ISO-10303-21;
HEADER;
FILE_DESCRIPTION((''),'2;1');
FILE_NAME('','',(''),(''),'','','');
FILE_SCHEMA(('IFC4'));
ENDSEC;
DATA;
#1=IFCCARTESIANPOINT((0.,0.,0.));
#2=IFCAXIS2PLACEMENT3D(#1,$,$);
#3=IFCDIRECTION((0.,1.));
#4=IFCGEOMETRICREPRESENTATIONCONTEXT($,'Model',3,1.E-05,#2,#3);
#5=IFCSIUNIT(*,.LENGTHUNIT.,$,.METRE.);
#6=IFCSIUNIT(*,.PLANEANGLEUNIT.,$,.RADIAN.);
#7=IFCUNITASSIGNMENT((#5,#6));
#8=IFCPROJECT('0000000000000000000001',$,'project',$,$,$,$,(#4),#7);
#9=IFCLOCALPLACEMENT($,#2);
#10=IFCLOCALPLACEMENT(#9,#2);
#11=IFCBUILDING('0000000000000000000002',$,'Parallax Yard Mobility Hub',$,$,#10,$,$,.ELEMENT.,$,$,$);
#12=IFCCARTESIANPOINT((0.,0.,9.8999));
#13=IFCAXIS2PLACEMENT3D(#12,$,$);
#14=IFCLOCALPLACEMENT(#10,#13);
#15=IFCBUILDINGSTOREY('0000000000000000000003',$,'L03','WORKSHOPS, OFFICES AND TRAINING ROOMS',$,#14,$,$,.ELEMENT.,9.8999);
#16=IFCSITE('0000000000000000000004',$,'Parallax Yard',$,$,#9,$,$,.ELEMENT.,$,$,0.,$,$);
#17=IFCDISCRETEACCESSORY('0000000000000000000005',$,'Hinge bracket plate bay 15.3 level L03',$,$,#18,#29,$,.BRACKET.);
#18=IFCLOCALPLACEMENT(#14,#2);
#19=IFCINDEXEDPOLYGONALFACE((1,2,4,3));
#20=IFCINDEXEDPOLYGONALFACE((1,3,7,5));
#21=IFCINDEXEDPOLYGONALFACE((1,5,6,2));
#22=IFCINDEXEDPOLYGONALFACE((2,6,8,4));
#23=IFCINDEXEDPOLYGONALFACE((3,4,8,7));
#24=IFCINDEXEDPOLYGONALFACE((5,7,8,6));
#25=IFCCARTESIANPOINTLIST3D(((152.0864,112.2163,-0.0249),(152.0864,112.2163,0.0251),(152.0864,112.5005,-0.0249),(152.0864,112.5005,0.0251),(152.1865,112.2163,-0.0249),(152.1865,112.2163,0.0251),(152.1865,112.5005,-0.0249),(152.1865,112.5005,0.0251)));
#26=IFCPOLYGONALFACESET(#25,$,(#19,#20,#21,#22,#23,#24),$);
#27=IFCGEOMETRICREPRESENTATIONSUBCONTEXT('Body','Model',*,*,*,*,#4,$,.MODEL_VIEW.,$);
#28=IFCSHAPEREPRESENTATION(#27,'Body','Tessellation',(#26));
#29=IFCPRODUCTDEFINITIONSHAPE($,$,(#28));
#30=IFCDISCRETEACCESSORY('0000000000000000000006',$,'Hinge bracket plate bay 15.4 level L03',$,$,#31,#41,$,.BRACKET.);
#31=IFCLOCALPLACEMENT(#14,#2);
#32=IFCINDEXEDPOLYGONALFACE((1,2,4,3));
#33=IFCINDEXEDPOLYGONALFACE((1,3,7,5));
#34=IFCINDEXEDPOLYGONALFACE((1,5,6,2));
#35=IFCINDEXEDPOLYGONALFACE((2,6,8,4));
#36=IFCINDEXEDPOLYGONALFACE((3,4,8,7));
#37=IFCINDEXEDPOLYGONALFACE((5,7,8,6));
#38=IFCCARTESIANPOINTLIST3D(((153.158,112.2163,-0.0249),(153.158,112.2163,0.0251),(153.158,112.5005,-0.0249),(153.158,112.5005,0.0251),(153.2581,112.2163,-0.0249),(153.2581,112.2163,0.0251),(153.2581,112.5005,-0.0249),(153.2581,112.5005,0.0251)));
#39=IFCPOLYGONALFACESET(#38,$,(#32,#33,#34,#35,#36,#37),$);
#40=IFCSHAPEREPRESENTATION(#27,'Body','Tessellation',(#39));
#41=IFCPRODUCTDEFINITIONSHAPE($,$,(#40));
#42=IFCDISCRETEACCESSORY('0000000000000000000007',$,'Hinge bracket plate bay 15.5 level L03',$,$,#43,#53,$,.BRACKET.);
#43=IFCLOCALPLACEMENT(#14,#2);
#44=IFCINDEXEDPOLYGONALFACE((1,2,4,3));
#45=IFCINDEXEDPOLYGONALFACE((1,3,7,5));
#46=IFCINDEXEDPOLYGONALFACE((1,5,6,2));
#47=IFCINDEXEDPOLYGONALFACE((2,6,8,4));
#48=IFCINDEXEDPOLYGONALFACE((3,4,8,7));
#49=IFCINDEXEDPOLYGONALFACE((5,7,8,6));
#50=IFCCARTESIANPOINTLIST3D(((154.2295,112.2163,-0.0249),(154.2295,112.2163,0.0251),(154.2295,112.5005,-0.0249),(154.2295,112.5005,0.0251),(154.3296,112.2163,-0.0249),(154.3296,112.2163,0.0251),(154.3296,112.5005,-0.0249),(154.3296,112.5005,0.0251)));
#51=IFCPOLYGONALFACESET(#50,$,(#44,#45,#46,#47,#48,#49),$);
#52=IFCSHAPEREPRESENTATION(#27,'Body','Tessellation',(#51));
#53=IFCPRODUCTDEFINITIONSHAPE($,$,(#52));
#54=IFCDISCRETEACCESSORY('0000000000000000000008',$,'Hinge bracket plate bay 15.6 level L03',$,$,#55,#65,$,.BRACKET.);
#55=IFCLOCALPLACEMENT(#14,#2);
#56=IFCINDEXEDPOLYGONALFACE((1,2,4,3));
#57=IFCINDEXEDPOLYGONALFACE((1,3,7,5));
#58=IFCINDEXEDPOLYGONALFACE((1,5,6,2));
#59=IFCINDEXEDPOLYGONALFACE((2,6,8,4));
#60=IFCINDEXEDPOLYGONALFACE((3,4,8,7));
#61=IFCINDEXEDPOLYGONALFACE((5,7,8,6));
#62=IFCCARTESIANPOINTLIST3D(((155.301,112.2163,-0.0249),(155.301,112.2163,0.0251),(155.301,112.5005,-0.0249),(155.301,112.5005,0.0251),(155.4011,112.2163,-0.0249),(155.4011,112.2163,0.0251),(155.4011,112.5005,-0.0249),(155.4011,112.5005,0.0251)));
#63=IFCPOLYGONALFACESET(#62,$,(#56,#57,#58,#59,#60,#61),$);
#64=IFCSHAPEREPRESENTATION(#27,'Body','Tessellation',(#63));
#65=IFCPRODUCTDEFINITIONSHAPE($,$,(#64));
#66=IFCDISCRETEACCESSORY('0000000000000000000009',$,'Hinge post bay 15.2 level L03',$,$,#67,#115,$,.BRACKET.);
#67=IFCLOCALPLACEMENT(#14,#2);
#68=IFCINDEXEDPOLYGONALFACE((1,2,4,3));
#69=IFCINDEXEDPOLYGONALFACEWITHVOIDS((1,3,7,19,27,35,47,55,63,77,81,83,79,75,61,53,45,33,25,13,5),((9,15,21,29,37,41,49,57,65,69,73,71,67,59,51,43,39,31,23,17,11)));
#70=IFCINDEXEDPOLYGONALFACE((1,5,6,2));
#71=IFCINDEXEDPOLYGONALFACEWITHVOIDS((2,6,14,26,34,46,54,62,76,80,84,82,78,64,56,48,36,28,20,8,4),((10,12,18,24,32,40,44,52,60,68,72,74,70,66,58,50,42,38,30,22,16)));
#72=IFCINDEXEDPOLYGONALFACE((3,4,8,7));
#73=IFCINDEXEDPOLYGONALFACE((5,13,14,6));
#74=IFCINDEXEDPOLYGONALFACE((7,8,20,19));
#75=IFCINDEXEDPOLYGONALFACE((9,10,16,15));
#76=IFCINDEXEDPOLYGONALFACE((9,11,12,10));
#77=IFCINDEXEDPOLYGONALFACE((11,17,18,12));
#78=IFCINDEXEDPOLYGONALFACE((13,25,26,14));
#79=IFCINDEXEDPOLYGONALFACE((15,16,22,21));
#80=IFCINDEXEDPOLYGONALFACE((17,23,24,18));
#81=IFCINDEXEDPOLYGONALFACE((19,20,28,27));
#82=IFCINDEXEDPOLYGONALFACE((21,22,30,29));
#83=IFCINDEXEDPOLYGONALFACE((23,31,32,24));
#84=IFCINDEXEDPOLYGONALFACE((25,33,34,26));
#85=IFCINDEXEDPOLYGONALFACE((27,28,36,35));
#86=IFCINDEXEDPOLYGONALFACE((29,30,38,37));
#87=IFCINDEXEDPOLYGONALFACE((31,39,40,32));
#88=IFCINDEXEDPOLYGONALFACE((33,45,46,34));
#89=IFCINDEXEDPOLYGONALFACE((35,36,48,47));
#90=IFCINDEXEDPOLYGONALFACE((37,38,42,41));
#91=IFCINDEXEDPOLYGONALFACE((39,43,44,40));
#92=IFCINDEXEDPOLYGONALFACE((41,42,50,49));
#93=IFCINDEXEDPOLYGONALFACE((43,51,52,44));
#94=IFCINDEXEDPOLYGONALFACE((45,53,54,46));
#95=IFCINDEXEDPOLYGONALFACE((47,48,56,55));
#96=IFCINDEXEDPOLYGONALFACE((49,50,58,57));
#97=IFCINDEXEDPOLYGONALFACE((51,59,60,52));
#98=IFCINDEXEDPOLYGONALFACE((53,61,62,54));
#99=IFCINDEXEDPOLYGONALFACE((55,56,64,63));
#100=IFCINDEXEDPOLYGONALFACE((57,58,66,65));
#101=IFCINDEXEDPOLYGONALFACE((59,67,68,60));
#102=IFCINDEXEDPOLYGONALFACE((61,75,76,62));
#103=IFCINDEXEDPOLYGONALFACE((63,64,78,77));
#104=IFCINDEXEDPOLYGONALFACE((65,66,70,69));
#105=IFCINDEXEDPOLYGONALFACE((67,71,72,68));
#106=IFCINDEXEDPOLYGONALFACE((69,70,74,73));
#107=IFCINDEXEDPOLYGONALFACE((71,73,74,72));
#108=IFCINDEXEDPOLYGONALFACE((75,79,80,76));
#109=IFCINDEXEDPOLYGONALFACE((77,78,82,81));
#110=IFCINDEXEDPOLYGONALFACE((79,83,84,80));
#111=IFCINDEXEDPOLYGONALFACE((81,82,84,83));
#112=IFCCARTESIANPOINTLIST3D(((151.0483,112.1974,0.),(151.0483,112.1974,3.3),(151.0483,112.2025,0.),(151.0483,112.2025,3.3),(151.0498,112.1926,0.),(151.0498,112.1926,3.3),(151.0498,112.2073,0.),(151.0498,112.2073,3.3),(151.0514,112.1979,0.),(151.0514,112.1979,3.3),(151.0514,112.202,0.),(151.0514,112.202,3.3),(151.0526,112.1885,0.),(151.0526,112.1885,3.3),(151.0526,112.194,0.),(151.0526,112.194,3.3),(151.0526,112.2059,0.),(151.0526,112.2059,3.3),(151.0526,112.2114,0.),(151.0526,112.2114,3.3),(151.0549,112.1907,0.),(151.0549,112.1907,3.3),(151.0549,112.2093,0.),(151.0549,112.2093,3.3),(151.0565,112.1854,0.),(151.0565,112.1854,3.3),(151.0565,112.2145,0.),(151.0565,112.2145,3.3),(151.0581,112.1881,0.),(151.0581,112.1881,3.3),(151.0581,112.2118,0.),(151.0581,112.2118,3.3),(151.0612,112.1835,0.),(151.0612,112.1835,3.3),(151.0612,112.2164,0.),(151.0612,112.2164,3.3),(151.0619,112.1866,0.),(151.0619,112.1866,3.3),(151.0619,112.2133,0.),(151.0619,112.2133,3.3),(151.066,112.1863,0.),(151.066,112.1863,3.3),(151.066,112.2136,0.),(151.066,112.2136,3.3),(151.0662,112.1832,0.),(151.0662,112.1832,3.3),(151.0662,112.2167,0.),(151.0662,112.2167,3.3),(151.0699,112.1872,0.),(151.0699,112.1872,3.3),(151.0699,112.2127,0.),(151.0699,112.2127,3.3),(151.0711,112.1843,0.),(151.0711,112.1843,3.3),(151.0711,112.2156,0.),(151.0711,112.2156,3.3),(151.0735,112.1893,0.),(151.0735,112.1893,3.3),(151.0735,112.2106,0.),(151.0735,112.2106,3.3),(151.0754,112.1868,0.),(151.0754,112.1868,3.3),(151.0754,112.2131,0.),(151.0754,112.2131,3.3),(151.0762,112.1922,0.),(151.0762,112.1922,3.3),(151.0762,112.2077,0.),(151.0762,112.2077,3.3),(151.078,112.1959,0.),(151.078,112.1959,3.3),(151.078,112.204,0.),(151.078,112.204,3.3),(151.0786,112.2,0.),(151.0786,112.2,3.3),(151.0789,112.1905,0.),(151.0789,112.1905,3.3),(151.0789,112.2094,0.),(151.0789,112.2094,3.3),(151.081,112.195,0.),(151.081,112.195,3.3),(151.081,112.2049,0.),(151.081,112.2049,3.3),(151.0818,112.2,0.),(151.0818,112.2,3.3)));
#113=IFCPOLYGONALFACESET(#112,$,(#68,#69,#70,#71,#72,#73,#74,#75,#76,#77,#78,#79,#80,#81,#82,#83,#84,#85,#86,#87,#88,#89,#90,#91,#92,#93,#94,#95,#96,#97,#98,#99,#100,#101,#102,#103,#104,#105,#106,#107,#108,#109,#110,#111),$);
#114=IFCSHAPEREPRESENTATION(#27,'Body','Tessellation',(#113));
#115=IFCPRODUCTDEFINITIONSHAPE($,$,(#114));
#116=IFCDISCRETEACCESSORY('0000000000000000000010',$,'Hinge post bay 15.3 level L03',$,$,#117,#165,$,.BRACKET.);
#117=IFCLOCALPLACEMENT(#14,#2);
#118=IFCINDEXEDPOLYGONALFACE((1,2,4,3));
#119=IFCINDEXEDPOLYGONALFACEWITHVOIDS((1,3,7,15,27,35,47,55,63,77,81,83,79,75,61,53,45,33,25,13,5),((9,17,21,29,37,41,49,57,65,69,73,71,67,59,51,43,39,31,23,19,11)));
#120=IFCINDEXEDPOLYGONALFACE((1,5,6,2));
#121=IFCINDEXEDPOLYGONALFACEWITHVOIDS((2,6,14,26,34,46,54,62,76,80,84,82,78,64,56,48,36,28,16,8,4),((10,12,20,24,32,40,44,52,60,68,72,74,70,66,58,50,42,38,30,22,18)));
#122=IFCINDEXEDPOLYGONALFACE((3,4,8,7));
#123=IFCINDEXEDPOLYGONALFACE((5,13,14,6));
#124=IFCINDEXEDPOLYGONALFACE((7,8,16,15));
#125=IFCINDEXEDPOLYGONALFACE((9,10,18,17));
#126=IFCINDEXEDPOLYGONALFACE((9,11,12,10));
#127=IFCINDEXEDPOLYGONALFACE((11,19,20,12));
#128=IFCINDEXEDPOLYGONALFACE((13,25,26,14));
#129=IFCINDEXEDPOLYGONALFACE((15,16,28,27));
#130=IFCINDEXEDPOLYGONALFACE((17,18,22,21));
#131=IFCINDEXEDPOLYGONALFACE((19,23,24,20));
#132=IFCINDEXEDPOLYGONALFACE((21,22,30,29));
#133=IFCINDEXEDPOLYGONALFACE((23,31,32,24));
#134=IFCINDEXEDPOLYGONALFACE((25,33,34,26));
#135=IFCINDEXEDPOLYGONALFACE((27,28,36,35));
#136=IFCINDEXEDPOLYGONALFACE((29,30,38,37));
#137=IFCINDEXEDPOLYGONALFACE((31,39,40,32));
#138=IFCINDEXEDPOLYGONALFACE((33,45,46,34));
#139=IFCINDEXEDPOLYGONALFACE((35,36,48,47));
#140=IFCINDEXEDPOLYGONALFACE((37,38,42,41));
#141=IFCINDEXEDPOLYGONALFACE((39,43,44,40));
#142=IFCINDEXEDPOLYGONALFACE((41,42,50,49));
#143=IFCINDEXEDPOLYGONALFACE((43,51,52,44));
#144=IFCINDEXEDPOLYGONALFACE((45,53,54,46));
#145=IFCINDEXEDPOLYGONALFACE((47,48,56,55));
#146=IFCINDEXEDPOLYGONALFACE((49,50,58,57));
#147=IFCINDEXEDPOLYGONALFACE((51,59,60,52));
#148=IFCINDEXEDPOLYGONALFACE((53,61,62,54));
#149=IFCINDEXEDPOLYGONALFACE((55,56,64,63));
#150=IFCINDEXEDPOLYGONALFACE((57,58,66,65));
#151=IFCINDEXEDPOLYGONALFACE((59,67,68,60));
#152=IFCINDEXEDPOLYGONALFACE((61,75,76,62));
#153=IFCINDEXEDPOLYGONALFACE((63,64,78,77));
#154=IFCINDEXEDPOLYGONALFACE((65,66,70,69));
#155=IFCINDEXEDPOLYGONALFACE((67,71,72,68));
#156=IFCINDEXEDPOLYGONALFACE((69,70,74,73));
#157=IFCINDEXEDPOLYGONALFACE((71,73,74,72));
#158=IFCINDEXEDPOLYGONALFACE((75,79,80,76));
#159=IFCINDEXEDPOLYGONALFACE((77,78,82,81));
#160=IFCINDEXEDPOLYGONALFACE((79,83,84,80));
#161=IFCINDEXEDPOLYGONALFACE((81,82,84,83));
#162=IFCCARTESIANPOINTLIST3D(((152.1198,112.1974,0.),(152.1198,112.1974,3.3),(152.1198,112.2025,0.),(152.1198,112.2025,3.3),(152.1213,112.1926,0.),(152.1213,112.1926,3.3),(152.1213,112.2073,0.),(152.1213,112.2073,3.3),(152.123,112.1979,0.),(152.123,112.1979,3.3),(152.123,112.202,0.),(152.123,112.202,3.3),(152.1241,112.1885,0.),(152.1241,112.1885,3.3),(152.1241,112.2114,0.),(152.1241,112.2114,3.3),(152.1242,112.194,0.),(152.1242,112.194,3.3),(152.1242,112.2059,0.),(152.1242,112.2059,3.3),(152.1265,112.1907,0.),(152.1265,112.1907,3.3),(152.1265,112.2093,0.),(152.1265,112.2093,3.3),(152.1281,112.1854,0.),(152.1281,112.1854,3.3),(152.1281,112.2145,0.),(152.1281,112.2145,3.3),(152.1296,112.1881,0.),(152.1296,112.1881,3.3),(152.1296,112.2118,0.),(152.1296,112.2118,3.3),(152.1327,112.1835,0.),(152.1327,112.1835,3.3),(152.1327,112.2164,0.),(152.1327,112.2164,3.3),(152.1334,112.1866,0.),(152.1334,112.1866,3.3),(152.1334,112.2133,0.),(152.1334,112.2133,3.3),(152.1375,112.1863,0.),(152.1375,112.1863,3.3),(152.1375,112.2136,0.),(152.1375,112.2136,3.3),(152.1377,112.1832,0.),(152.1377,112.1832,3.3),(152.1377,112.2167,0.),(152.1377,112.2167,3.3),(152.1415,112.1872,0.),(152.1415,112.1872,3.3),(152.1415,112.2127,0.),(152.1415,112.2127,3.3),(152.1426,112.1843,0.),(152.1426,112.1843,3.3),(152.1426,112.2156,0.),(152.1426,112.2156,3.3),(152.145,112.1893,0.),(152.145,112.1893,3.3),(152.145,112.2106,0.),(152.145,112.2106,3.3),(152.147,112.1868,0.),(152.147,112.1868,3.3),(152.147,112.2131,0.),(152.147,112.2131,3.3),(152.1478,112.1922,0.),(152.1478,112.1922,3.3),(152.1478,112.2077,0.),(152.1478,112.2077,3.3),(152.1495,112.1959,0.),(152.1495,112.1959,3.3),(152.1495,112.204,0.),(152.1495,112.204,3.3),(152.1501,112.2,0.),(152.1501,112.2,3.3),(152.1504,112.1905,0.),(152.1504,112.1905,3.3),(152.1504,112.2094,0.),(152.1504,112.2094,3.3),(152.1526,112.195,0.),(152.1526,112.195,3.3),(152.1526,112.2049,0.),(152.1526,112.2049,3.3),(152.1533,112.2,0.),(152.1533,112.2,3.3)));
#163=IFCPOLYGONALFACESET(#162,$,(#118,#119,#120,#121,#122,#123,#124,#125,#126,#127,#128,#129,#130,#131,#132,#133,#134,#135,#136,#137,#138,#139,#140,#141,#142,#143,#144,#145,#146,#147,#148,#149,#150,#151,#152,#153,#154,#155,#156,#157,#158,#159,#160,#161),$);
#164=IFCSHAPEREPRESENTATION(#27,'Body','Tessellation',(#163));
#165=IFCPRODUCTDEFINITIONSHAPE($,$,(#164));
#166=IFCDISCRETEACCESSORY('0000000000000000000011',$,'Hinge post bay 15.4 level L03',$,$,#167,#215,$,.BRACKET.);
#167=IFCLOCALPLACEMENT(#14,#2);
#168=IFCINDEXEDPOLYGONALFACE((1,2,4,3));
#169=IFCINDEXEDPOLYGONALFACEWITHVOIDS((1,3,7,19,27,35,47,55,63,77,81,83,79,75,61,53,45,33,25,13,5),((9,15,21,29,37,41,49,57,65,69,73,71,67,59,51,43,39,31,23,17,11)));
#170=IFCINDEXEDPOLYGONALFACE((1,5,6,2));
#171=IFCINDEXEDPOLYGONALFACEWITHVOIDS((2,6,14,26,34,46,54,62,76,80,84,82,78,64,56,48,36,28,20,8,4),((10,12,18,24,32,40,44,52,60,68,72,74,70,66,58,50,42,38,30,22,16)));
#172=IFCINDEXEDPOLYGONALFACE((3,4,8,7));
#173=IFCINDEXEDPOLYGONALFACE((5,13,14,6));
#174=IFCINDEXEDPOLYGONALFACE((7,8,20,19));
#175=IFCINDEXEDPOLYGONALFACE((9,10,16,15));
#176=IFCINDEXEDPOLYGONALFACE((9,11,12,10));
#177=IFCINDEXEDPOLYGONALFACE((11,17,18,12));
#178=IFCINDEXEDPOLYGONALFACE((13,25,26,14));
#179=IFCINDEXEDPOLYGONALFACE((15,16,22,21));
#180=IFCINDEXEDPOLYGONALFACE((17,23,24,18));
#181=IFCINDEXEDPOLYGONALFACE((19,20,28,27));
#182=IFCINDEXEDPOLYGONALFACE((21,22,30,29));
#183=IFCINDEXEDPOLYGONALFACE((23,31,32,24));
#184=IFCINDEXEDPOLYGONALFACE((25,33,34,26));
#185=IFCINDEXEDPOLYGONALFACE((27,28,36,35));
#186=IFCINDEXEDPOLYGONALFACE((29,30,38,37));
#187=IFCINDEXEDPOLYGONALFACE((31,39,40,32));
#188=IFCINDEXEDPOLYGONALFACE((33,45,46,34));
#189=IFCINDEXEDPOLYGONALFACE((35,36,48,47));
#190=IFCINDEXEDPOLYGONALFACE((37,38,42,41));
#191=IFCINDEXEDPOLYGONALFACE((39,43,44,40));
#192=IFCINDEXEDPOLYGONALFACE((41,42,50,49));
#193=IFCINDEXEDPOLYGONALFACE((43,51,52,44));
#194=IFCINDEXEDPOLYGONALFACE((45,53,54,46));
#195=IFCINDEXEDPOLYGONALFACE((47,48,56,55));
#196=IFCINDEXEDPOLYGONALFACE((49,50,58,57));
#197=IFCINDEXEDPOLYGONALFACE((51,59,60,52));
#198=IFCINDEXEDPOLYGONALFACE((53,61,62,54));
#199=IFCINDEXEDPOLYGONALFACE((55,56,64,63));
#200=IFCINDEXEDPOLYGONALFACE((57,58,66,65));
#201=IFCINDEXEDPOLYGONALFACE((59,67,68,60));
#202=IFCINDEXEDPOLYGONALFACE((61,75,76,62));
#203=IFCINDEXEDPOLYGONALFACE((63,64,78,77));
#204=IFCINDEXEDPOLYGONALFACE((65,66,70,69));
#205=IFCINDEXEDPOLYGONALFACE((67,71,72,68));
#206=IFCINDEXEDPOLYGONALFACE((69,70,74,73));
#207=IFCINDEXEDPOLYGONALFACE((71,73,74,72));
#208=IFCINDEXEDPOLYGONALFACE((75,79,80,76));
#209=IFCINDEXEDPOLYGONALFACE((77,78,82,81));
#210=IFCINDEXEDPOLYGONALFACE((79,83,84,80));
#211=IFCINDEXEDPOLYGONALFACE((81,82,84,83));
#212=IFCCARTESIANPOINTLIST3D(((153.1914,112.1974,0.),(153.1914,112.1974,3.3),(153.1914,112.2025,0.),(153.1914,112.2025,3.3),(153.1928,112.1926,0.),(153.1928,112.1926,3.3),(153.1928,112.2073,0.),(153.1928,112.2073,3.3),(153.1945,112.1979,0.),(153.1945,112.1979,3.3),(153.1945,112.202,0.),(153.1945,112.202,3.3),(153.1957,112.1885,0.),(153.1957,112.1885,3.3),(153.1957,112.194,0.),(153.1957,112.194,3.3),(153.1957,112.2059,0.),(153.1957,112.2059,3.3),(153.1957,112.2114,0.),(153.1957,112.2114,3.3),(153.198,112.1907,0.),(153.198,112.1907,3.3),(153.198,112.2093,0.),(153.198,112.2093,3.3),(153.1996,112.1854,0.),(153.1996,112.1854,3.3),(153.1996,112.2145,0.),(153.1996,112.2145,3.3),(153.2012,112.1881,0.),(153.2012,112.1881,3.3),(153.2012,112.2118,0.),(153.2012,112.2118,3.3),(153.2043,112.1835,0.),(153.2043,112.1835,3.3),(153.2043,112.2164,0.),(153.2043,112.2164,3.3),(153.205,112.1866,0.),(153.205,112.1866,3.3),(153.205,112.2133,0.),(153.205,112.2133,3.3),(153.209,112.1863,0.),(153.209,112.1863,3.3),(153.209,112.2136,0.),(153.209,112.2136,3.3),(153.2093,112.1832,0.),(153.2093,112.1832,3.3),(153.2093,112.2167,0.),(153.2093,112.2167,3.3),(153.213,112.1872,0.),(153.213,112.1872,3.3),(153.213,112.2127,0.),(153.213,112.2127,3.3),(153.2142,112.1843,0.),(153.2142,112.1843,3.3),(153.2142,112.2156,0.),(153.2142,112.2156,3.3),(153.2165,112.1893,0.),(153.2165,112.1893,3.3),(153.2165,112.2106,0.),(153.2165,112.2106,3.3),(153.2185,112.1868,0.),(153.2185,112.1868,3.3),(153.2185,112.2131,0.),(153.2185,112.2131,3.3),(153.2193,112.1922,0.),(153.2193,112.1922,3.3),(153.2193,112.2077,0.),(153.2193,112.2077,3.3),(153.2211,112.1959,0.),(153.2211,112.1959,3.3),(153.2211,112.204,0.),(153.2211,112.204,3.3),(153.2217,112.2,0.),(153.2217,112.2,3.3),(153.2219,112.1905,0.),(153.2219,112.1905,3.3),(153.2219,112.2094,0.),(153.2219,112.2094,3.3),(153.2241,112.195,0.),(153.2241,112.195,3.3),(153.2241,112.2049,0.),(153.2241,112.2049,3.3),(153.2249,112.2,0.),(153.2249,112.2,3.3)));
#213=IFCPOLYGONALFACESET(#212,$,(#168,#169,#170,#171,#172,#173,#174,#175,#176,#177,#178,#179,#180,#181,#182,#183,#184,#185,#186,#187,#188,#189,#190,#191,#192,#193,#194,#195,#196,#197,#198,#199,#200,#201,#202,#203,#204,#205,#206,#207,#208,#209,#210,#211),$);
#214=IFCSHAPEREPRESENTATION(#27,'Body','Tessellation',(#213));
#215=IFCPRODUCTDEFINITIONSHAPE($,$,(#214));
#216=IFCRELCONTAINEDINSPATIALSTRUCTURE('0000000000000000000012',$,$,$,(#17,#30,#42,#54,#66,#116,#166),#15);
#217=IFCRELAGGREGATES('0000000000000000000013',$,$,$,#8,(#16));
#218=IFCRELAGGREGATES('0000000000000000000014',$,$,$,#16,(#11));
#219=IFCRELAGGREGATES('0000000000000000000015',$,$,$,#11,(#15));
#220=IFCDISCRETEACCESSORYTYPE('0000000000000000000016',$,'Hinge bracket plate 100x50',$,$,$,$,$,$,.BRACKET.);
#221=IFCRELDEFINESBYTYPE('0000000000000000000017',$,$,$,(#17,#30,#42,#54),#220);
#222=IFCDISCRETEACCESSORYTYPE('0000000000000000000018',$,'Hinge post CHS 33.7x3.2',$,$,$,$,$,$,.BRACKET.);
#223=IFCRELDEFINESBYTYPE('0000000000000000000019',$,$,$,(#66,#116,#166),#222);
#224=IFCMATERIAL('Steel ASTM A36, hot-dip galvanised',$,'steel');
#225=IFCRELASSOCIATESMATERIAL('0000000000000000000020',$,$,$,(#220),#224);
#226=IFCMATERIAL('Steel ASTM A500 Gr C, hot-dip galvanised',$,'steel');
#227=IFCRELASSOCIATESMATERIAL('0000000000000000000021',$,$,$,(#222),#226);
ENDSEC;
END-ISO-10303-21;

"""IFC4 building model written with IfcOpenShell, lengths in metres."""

from ifc_helpers import new_model, si_unit, direction, frame, origin, origin_2d, place, context, subcontext, project, spatial, rectangle, hollow_circle, extrude, material, material_profile, profile_set, type_object, element, save


model = new_model("IFC4")

# Units and contexts
model_context = context("Model", 3, precision=1e-05, world=origin(), true_north=direction((0.0, 1.0)))
body_context = subcontext(model_context, "Body", "Model", "MODEL_VIEW")
ifc_project = project(units=[si_unit("LENGTHUNIT", "METRE"), si_unit("PLANEANGLEUNIT", "RADIAN")], contexts=[model_context])

# Site, building, storey
site_placement = place(None, origin())
site = spatial("IfcSite", under=ifc_project, at=site_placement, Name="Parallax Yard", CompositionType="ELEMENT", RefElevation=0.0)
building_placement = place(site_placement, origin())
building = spatial("IfcBuilding", under=site, at=building_placement, Name="Parallax Yard Mobility Hub", CompositionType="ELEMENT")
storey_placement = place(building_placement, frame((0.0, 0.0, 9.8999)))
storey = spatial("IfcBuildingStorey", under=building, at=storey_placement, Name="L03", Description="WORKSHOPS, OFFICES AND TRAINING ROOMS", CompositionType="ELEMENT", Elevation=9.8999)

# Discrete accessories
ifc_material_1 = material(Name="Steel ASTM A36, hot-dip galvanised", Category="steel")
discrete_accessory_type_1 = type_object("IfcDiscreteAccessoryType", Name="Hinge bracket plate 100x50", PredefinedType="BRACKET", material=ifc_material_1)
for number, where, z_axis, x_axis, name in (
    (1, (152.1365, 112.3584, -0.0249), (0.0, 0.0, 1.0), (0.0, -1.0, 0.0), "Hinge bracket plate bay 15.3 level L03"),
    (2, (153.208, 112.3584, -0.0249), (0.0, 0.0, 1.0), (0.0, -1.0, 0.0), "Hinge bracket plate bay 15.4 level L03"),
    (3, (154.2795, 112.3584, -0.0249), (0.0, 0.0, 1.0), (0.0, -1.0, 0.0), "Hinge bracket plate bay 15.5 level L03"),
    (4, (155.3511, 112.3584, -0.0249), (0.0, 0.0, 1.0), (0.0, -1.0, 0.0), "Hinge bracket plate bay 15.6 level L03"),
):
    element("IfcDiscreteAccessory", number, at=place(storey_placement, frame(where, z_axis=z_axis, x_axis=x_axis)), inside=storey, type_object=discrete_accessory_type_1, Name=name, PredefinedType="BRACKET", context=body_context, shape_type="SweptSolid", body=[
        extrude(rectangle(XDim=0.2842, YDim=0.1001, at=origin_2d()), origin(), (0.0, 0.0, 1.0), 0.05),
    ])
ifc_material_2 = material(Name="Steel ASTM A500 Gr C, hot-dip galvanised", Category="steel")
ifc_material_profile_1 = material_profile(ifc_material_2, hollow_circle(Radius=0.0168, WallThickness=0.0032, at=origin_2d()), Name="CHS 33.7x3.2")
ifc_profile_set_1 = profile_set([ifc_material_profile_1], Name="Steel ASTM A500 Gr C, hot-dip galvanised")
discrete_accessory_type_2 = type_object("IfcDiscreteAccessoryType", Name="Hinge post CHS 33.7x3.2", PredefinedType="BRACKET", material=ifc_profile_set_1)
for number, where, z_axis, x_axis, name in (
    (5, (151.0649, 112.2, 0.0), (0.0, 0.0, 1.0), (1.0, 0.0, 0.0), "Hinge post bay 15.2 level L03"),
    (6, (152.1365, 112.2, 0.0), (0.0, 0.0, 1.0), (1.0, 0.0, 0.0), "Hinge post bay 15.3 level L03"),
    (7, (153.208, 112.2, 0.0), (0.0, 0.0, 1.0), (1.0, 0.0, 0.0), "Hinge post bay 15.4 level L03"),
):
    element("IfcDiscreteAccessory", number, at=place(storey_placement, frame(where, z_axis=z_axis, x_axis=x_axis)), inside=storey, type_object=discrete_accessory_type_2, Name=name, PredefinedType="BRACKET", context=body_context, shape_type="SweptSolid", body=[
        extrude(hollow_circle(Radius=0.0168, WallThickness=0.0032, at=origin_2d()), origin(), (0.0, 0.0, 1.0), 3.3),
    ])

save(model, "model.ifc")
